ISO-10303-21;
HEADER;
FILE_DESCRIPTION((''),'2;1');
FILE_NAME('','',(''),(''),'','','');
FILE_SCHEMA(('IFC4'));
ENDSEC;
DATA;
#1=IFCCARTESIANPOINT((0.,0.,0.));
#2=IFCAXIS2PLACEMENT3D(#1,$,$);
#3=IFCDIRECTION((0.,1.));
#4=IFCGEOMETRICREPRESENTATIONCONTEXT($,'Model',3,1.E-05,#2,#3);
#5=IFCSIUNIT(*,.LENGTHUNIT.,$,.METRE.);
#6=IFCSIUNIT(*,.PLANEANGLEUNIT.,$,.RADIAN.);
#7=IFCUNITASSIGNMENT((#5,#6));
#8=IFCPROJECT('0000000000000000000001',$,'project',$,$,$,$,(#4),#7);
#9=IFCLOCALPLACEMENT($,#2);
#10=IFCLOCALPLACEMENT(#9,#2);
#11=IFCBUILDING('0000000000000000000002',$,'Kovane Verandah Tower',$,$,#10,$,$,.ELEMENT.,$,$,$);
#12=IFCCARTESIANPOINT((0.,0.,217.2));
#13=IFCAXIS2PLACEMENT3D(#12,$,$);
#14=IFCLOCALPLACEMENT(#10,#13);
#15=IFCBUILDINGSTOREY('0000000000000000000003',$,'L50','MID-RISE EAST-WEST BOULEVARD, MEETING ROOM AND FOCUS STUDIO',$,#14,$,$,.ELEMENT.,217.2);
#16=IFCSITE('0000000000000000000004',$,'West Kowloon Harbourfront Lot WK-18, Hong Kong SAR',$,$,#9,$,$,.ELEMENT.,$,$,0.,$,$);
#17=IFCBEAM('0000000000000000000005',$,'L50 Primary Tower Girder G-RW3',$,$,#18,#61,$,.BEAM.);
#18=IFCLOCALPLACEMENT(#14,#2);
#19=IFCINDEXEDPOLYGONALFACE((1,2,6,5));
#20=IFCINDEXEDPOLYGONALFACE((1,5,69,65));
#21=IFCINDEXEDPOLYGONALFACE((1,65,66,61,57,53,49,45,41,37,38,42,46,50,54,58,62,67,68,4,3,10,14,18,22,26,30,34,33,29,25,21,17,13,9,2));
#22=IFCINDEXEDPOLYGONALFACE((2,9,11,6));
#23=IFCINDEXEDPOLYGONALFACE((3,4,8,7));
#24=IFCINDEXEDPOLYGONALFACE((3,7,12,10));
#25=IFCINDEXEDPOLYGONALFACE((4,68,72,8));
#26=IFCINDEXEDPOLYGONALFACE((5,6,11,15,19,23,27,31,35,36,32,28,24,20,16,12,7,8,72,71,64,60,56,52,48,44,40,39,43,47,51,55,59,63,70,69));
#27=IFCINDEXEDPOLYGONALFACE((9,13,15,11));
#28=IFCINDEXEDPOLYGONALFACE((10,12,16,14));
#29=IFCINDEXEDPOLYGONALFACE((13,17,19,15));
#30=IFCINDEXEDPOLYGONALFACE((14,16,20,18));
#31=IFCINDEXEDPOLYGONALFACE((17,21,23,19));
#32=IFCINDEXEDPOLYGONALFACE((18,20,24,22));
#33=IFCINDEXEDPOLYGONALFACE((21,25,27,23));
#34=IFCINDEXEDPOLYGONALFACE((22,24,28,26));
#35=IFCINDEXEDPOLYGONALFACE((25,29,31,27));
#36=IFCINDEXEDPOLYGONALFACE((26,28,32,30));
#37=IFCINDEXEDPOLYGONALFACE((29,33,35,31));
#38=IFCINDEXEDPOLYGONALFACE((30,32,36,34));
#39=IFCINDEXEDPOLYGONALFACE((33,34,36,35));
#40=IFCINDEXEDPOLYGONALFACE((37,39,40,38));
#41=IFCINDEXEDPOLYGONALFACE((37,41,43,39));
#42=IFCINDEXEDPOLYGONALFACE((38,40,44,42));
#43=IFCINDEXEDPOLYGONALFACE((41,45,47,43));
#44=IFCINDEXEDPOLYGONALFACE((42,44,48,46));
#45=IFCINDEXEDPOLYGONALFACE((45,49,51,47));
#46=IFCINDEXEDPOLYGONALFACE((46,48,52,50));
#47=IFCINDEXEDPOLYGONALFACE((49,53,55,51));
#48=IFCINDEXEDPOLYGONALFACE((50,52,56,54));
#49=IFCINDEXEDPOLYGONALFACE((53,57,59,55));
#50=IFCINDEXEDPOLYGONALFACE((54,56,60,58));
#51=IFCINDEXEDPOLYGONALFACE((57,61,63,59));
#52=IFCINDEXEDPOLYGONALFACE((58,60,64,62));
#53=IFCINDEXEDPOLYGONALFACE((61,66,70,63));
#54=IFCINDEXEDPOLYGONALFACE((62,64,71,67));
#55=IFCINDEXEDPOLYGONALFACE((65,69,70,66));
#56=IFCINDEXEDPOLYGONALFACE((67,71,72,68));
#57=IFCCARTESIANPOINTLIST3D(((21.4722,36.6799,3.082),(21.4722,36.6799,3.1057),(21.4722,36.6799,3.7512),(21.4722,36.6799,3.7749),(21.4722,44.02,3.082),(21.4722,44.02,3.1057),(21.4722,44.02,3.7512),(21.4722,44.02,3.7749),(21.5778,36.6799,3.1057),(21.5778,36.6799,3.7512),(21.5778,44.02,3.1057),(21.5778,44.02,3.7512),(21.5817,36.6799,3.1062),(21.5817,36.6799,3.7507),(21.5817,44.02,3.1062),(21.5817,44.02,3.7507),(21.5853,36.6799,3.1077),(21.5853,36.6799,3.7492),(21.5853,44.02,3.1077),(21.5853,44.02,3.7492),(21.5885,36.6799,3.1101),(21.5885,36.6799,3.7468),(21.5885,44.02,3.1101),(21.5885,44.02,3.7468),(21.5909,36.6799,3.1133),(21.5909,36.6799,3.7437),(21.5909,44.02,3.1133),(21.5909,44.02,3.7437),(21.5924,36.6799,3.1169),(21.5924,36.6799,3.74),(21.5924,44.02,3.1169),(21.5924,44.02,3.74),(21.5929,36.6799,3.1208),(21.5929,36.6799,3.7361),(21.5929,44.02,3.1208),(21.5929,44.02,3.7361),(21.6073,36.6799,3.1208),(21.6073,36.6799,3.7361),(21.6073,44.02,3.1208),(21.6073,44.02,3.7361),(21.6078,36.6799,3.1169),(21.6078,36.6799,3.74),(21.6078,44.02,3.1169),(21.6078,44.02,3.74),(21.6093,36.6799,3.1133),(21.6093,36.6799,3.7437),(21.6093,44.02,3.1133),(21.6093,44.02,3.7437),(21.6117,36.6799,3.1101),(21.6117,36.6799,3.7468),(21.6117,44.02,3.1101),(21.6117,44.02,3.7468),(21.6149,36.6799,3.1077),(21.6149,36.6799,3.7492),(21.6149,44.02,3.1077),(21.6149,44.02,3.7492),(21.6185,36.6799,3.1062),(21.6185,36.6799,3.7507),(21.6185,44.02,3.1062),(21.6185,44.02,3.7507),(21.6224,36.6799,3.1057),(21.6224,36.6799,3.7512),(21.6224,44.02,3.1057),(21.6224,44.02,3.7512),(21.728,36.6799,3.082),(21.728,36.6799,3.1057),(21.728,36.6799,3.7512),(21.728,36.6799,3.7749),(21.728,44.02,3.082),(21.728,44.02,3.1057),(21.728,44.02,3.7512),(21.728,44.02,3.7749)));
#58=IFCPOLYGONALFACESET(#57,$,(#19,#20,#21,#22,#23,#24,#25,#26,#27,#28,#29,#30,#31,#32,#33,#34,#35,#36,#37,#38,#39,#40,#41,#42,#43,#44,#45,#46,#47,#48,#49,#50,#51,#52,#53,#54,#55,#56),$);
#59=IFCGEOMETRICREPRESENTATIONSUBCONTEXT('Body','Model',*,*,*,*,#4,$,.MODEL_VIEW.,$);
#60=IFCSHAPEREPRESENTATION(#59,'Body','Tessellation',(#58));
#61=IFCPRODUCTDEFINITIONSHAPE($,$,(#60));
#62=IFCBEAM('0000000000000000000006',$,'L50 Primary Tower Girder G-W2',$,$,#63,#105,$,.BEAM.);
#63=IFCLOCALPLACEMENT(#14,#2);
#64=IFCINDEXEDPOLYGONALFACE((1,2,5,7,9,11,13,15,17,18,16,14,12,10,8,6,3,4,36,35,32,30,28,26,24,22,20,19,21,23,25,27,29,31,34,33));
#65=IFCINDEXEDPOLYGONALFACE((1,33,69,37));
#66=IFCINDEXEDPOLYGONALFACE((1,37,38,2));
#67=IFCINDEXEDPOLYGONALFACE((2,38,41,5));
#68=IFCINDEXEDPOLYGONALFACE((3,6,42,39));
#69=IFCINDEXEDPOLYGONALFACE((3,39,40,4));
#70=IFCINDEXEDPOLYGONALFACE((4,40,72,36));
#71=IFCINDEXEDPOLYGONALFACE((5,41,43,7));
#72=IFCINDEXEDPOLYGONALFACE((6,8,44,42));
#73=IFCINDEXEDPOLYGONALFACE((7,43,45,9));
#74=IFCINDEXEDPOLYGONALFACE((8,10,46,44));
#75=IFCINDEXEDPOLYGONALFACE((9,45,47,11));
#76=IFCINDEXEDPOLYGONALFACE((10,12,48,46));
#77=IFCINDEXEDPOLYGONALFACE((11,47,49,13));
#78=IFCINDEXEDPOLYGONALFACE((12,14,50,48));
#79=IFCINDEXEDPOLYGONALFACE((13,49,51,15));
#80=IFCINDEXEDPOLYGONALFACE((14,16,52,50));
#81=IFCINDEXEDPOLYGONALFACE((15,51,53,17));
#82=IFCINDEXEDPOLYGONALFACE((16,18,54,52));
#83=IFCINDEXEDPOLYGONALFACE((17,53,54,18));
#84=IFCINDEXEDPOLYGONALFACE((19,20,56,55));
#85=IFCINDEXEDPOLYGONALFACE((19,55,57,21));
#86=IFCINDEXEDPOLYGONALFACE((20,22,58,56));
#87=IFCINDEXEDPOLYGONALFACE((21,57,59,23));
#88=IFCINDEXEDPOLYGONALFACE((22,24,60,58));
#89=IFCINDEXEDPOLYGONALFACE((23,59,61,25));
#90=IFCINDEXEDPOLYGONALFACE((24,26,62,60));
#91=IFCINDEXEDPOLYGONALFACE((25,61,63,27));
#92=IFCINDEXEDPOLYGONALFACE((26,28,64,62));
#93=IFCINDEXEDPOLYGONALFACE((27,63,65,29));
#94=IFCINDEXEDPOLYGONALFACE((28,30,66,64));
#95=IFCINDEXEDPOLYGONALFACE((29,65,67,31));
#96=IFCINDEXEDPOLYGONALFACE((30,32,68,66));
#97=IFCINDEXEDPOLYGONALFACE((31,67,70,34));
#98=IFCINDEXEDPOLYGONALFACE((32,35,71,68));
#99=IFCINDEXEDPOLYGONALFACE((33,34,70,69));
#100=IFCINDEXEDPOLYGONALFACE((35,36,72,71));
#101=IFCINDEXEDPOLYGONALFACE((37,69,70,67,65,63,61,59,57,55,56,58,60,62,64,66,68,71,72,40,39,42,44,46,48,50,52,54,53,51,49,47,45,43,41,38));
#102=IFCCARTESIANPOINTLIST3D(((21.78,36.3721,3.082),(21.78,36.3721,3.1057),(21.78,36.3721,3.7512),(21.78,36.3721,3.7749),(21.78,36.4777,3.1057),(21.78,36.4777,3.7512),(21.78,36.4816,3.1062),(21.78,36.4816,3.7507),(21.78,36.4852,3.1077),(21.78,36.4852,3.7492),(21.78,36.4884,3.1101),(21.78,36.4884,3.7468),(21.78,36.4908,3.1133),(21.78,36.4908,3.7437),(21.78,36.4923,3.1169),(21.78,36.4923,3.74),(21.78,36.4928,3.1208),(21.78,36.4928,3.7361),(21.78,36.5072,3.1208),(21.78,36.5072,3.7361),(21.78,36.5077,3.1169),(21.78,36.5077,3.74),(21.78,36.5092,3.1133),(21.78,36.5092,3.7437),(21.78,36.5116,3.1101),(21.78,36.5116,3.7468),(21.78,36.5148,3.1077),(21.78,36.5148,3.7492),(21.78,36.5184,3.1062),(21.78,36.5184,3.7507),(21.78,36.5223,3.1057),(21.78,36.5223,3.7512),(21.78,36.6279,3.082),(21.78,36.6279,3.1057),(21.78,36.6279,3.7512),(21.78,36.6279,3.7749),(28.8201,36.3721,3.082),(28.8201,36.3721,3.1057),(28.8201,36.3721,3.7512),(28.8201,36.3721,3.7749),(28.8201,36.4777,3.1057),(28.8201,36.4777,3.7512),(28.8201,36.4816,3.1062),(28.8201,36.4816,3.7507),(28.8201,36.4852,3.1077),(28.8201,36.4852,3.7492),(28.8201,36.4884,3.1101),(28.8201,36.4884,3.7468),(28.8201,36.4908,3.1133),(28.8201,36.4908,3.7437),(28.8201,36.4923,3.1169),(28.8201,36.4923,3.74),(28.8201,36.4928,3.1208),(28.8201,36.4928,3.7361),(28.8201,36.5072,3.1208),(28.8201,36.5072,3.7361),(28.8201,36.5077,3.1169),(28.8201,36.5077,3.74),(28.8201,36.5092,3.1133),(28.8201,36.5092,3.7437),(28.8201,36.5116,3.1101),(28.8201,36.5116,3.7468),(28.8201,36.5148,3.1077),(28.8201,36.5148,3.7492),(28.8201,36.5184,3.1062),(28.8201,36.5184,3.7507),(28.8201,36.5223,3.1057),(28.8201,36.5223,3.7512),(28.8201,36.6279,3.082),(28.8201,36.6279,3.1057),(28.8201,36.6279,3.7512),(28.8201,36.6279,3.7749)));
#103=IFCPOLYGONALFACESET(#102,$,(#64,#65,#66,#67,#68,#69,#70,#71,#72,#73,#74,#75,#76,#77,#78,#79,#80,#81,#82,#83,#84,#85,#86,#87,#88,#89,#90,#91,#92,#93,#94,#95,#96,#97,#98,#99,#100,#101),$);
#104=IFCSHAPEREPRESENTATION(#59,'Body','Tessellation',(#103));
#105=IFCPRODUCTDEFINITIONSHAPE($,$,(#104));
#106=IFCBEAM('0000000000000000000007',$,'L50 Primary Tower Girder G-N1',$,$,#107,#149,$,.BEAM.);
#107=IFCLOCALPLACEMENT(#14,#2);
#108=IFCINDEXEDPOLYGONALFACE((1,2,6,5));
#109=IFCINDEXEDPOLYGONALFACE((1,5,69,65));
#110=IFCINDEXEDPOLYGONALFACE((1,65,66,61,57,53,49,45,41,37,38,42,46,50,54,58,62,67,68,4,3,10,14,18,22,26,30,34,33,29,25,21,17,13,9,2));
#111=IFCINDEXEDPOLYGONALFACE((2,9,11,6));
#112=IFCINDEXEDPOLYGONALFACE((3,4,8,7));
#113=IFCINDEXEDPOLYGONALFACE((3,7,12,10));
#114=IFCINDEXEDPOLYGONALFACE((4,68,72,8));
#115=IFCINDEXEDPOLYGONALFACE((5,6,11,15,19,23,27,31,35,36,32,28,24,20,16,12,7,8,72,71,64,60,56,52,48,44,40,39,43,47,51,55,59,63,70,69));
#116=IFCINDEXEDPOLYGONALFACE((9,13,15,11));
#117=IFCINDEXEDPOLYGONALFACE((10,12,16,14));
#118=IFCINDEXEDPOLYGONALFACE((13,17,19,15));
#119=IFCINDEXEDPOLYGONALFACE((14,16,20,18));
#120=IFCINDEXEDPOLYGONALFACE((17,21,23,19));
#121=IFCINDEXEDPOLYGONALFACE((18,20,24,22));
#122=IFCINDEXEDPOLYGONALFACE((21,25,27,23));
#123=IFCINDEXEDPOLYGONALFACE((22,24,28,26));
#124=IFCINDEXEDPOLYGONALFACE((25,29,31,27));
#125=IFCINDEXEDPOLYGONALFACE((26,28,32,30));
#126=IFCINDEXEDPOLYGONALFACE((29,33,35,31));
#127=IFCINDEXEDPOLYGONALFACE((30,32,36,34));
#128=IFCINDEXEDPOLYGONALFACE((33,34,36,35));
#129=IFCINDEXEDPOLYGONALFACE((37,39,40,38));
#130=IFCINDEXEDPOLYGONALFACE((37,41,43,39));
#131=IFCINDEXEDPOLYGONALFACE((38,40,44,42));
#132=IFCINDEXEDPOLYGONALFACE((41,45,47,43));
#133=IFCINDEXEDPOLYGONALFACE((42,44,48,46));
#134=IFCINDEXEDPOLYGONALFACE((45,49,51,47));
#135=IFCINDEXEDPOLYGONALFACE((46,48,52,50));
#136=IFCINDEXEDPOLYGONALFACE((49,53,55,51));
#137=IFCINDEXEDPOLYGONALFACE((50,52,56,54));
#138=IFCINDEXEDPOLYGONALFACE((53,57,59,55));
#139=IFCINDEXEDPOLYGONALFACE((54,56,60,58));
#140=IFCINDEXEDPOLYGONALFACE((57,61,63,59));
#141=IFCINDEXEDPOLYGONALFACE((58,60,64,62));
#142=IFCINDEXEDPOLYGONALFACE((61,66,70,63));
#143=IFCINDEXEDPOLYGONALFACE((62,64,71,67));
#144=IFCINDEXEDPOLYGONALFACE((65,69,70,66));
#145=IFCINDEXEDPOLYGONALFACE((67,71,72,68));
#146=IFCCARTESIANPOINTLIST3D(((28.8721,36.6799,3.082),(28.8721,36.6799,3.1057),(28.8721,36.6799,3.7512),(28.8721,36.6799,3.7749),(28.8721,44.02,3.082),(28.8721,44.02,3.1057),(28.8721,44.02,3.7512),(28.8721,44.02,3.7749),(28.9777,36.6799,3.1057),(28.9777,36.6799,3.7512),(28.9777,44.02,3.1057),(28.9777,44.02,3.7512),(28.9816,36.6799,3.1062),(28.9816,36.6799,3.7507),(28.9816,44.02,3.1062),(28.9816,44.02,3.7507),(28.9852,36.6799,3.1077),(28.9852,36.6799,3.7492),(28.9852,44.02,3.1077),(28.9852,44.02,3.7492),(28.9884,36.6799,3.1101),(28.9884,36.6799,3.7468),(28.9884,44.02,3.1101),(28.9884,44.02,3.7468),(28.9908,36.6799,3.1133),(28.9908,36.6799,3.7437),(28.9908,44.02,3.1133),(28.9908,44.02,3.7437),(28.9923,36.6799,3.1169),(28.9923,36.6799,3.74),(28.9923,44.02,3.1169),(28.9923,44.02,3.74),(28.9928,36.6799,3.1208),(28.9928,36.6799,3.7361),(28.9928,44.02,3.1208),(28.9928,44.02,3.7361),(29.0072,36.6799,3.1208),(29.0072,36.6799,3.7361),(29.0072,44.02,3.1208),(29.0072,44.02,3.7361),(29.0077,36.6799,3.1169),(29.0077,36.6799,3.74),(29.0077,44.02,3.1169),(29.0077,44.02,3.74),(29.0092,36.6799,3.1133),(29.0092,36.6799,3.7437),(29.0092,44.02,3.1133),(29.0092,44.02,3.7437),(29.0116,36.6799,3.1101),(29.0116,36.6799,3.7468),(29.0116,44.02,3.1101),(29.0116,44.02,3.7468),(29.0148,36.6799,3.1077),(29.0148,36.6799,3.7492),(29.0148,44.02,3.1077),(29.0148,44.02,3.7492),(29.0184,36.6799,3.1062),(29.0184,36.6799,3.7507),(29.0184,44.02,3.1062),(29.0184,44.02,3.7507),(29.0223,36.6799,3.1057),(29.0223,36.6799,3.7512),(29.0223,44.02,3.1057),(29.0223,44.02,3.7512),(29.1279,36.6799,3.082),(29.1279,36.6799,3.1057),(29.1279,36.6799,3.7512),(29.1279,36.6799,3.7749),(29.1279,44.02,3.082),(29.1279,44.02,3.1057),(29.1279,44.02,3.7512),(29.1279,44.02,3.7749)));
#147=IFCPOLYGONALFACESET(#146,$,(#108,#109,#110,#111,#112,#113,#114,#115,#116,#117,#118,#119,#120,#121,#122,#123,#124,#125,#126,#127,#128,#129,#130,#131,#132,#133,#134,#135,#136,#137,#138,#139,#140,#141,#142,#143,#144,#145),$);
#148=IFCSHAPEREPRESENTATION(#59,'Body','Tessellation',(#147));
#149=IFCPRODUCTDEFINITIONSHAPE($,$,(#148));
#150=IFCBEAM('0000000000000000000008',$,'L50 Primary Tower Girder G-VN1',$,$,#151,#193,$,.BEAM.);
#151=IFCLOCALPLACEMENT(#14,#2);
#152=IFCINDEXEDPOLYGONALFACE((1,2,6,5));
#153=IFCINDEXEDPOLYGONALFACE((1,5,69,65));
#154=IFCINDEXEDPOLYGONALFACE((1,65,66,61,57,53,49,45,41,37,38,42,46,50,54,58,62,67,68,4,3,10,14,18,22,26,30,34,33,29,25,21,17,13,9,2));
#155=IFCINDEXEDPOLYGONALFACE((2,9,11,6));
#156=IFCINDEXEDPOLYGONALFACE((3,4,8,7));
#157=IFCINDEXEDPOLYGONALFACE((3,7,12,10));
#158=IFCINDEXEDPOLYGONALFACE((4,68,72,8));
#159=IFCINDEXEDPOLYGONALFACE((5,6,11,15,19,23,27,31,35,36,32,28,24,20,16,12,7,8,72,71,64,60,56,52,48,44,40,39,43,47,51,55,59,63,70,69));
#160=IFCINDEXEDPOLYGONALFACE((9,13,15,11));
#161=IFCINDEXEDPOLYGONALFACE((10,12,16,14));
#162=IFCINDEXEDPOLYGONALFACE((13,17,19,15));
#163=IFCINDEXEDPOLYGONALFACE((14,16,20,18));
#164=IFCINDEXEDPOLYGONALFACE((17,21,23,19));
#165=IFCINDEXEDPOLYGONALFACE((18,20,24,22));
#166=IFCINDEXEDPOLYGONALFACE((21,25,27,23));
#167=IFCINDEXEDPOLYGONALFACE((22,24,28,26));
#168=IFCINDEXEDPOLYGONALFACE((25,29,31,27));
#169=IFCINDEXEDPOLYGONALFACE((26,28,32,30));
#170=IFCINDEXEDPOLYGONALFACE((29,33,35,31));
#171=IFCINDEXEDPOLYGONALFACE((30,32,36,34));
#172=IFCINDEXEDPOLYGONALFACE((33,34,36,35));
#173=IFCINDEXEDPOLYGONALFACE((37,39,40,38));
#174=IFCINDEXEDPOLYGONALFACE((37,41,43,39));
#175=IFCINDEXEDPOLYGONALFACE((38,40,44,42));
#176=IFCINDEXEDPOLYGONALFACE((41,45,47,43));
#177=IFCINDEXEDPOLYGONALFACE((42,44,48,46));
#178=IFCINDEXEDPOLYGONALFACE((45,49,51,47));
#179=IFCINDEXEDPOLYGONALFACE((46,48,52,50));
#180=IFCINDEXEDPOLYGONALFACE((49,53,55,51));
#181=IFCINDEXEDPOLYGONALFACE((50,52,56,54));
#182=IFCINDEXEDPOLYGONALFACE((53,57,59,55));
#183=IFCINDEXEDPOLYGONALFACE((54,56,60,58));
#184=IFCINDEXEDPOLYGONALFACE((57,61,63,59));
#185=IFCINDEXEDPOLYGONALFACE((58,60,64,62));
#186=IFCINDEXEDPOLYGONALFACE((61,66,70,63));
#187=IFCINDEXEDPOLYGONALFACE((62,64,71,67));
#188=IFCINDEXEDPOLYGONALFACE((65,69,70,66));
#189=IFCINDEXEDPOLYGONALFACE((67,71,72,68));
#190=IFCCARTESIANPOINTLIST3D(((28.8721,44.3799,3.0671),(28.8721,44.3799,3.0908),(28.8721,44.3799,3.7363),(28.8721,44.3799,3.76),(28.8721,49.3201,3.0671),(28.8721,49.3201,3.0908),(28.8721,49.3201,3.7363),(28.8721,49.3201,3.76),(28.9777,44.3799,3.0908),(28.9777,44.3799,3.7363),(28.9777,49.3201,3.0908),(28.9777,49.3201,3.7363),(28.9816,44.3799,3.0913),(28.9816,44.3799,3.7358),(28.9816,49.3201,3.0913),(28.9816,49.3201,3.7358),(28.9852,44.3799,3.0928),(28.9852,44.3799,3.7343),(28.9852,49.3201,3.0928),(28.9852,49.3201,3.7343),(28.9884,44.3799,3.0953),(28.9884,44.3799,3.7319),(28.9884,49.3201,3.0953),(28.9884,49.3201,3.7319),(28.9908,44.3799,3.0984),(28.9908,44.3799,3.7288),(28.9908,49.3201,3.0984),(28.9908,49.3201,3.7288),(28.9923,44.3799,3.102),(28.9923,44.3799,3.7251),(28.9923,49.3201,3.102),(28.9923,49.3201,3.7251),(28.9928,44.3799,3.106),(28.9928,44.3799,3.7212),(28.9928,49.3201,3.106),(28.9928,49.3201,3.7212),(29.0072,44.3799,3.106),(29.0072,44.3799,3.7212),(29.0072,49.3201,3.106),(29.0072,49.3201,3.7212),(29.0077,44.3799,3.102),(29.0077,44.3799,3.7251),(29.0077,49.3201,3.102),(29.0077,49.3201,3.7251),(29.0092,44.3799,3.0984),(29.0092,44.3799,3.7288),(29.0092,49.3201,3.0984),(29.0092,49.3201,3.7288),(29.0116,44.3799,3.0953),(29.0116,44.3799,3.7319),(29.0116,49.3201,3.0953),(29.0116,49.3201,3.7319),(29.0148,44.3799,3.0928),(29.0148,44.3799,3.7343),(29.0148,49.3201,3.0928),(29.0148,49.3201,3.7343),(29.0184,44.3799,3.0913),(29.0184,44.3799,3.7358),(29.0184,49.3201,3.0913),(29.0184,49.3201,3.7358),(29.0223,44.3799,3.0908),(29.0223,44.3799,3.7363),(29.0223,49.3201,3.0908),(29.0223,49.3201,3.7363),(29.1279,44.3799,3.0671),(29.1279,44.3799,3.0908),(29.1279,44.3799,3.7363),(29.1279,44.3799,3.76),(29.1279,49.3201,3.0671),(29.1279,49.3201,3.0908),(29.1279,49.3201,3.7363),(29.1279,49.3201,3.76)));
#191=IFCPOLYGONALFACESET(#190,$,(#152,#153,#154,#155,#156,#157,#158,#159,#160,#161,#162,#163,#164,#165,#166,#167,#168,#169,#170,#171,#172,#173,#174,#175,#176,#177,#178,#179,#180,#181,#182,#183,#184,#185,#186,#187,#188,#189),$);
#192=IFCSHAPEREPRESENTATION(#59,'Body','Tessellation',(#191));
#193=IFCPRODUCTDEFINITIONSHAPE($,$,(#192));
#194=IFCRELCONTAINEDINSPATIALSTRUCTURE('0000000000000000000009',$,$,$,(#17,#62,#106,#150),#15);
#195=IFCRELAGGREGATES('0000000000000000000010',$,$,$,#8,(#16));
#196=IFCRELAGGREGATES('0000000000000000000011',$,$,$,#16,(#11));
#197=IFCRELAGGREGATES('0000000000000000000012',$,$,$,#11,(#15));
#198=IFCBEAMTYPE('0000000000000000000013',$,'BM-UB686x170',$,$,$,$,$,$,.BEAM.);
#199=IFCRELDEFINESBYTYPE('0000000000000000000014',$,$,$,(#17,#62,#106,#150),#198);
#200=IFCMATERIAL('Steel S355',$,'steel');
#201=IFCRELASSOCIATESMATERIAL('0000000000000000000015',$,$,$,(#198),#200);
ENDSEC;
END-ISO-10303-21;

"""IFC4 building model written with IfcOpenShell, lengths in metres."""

from ifc_helpers import new_model, si_unit, direction, frame, origin, origin_2d, place, context, subcontext, project, spatial, i_section, extrude, material, material_profile, profile_set, type_object, element, save


model = new_model("IFC4")

# Units and contexts
model_context = context("Model", 3, precision=1e-05, world=origin(), true_north=direction((0.0, 1.0)))
body_context = subcontext(model_context, "Body", "Model", "MODEL_VIEW")
ifc_project = project(units=[si_unit("LENGTHUNIT", "METRE"), si_unit("PLANEANGLEUNIT", "RADIAN")], contexts=[model_context])

# Site, building, storey
site_placement = place(None, origin())
site = spatial("IfcSite", under=ifc_project, at=site_placement, Name="West Kowloon Harbourfront Lot WK-18, Hong Kong SAR", CompositionType="ELEMENT", RefElevation=0.0)
building_placement = place(site_placement, origin())
building = spatial("IfcBuilding", under=site, at=building_placement, Name="Kovane Verandah Tower", CompositionType="ELEMENT")
storey_placement = place(building_placement, frame((0.0, 0.0, 217.2)))
storey = spatial("IfcBuildingStorey", under=building, at=storey_placement, Name="L50", Description="MID-RISE EAST-WEST BOULEVARD, MEETING ROOM AND FOCUS STUDIO", CompositionType="ELEMENT", Elevation=217.2)

# Beams
ifc_material_1 = material(Name="Steel S355", Category="steel")
ifc_material_profile_1 = material_profile(ifc_material_1, i_section(OverallWidth=0.2559, OverallDepth=0.6929, WebThickness=0.0144, FlangeThickness=0.0237, FilletRadius=0.0151, at=origin_2d()), Name="UB686x254x170")
ifc_profile_set_1 = profile_set([ifc_material_profile_1], Name="Steel S355")
beam_type_1 = type_object("IfcBeamType", Name="BM-UB686x170", PredefinedType="BEAM", material=ifc_profile_set_1)
beam_1_placement = place(storey_placement, frame((21.6001, 36.6799, 3.4285), z_axis=(0.0, 1.0, 0.0), x_axis=(-1.0, 0.0, 0.0)))
element("IfcBeam", 1, at=beam_1_placement, inside=storey, type_object=beam_type_1, Name="L50 Primary Tower Girder G-RW3", PredefinedType="BEAM", context=body_context, shape_type="SweptSolid", body=[
    extrude(i_section(OverallWidth=0.2559, OverallDepth=0.6929, WebThickness=0.0144, FlangeThickness=0.0237, FilletRadius=0.0151, at=origin_2d()), origin(), (0.0, 0.0, 1.0), 7.3401),
])
beam_2_placement = place(storey_placement, frame((28.8201, 36.5, 3.4285), z_axis=(-1.0, 0.0, 0.0), x_axis=(0.0, -1.0, 0.0)))
element("IfcBeam", 2, at=beam_2_placement, inside=storey, type_object=beam_type_1, Name="L50 Primary Tower Girder G-W2", PredefinedType="BEAM", context=body_context, shape_type="SweptSolid", body=[
    extrude(i_section(OverallWidth=0.2559, OverallDepth=0.6929, WebThickness=0.0144, FlangeThickness=0.0237, FilletRadius=0.0151, at=origin_2d()), origin(), (0.0, 0.0, 1.0), 7.04),
])
beam_3_placement = place(storey_placement, frame((29.0, 36.6799, 3.4285), z_axis=(0.0, 1.0, 0.0), x_axis=(-1.0, 0.0, 0.0)))
element("IfcBeam", 3, at=beam_3_placement, inside=storey, type_object=beam_type_1, Name="L50 Primary Tower Girder G-N1", PredefinedType="BEAM", context=body_context, shape_type="SweptSolid", body=[
    extrude(i_section(OverallWidth=0.2559, OverallDepth=0.6929, WebThickness=0.0144, FlangeThickness=0.0237, FilletRadius=0.0151, at=origin_2d()), origin(), (0.0, 0.0, 1.0), 7.3401),
])
beam_4_placement = place(storey_placement, frame((29.0, 44.3799, 3.4136), z_axis=(0.0, 1.0, 0.0), x_axis=(-1.0, 0.0, 0.0)))
element("IfcBeam", 4, at=beam_4_placement, inside=storey, type_object=beam_type_1, Name="L50 Primary Tower Girder G-VN1", PredefinedType="BEAM", context=body_context, shape_type="SweptSolid", body=[
    extrude(i_section(OverallWidth=0.2559, OverallDepth=0.6929, WebThickness=0.0144, FlangeThickness=0.0237, FilletRadius=0.0151, at=origin_2d()), origin(), (0.0, 0.0, 1.0), 4.9402),
])

save(model, "model.ifc")
